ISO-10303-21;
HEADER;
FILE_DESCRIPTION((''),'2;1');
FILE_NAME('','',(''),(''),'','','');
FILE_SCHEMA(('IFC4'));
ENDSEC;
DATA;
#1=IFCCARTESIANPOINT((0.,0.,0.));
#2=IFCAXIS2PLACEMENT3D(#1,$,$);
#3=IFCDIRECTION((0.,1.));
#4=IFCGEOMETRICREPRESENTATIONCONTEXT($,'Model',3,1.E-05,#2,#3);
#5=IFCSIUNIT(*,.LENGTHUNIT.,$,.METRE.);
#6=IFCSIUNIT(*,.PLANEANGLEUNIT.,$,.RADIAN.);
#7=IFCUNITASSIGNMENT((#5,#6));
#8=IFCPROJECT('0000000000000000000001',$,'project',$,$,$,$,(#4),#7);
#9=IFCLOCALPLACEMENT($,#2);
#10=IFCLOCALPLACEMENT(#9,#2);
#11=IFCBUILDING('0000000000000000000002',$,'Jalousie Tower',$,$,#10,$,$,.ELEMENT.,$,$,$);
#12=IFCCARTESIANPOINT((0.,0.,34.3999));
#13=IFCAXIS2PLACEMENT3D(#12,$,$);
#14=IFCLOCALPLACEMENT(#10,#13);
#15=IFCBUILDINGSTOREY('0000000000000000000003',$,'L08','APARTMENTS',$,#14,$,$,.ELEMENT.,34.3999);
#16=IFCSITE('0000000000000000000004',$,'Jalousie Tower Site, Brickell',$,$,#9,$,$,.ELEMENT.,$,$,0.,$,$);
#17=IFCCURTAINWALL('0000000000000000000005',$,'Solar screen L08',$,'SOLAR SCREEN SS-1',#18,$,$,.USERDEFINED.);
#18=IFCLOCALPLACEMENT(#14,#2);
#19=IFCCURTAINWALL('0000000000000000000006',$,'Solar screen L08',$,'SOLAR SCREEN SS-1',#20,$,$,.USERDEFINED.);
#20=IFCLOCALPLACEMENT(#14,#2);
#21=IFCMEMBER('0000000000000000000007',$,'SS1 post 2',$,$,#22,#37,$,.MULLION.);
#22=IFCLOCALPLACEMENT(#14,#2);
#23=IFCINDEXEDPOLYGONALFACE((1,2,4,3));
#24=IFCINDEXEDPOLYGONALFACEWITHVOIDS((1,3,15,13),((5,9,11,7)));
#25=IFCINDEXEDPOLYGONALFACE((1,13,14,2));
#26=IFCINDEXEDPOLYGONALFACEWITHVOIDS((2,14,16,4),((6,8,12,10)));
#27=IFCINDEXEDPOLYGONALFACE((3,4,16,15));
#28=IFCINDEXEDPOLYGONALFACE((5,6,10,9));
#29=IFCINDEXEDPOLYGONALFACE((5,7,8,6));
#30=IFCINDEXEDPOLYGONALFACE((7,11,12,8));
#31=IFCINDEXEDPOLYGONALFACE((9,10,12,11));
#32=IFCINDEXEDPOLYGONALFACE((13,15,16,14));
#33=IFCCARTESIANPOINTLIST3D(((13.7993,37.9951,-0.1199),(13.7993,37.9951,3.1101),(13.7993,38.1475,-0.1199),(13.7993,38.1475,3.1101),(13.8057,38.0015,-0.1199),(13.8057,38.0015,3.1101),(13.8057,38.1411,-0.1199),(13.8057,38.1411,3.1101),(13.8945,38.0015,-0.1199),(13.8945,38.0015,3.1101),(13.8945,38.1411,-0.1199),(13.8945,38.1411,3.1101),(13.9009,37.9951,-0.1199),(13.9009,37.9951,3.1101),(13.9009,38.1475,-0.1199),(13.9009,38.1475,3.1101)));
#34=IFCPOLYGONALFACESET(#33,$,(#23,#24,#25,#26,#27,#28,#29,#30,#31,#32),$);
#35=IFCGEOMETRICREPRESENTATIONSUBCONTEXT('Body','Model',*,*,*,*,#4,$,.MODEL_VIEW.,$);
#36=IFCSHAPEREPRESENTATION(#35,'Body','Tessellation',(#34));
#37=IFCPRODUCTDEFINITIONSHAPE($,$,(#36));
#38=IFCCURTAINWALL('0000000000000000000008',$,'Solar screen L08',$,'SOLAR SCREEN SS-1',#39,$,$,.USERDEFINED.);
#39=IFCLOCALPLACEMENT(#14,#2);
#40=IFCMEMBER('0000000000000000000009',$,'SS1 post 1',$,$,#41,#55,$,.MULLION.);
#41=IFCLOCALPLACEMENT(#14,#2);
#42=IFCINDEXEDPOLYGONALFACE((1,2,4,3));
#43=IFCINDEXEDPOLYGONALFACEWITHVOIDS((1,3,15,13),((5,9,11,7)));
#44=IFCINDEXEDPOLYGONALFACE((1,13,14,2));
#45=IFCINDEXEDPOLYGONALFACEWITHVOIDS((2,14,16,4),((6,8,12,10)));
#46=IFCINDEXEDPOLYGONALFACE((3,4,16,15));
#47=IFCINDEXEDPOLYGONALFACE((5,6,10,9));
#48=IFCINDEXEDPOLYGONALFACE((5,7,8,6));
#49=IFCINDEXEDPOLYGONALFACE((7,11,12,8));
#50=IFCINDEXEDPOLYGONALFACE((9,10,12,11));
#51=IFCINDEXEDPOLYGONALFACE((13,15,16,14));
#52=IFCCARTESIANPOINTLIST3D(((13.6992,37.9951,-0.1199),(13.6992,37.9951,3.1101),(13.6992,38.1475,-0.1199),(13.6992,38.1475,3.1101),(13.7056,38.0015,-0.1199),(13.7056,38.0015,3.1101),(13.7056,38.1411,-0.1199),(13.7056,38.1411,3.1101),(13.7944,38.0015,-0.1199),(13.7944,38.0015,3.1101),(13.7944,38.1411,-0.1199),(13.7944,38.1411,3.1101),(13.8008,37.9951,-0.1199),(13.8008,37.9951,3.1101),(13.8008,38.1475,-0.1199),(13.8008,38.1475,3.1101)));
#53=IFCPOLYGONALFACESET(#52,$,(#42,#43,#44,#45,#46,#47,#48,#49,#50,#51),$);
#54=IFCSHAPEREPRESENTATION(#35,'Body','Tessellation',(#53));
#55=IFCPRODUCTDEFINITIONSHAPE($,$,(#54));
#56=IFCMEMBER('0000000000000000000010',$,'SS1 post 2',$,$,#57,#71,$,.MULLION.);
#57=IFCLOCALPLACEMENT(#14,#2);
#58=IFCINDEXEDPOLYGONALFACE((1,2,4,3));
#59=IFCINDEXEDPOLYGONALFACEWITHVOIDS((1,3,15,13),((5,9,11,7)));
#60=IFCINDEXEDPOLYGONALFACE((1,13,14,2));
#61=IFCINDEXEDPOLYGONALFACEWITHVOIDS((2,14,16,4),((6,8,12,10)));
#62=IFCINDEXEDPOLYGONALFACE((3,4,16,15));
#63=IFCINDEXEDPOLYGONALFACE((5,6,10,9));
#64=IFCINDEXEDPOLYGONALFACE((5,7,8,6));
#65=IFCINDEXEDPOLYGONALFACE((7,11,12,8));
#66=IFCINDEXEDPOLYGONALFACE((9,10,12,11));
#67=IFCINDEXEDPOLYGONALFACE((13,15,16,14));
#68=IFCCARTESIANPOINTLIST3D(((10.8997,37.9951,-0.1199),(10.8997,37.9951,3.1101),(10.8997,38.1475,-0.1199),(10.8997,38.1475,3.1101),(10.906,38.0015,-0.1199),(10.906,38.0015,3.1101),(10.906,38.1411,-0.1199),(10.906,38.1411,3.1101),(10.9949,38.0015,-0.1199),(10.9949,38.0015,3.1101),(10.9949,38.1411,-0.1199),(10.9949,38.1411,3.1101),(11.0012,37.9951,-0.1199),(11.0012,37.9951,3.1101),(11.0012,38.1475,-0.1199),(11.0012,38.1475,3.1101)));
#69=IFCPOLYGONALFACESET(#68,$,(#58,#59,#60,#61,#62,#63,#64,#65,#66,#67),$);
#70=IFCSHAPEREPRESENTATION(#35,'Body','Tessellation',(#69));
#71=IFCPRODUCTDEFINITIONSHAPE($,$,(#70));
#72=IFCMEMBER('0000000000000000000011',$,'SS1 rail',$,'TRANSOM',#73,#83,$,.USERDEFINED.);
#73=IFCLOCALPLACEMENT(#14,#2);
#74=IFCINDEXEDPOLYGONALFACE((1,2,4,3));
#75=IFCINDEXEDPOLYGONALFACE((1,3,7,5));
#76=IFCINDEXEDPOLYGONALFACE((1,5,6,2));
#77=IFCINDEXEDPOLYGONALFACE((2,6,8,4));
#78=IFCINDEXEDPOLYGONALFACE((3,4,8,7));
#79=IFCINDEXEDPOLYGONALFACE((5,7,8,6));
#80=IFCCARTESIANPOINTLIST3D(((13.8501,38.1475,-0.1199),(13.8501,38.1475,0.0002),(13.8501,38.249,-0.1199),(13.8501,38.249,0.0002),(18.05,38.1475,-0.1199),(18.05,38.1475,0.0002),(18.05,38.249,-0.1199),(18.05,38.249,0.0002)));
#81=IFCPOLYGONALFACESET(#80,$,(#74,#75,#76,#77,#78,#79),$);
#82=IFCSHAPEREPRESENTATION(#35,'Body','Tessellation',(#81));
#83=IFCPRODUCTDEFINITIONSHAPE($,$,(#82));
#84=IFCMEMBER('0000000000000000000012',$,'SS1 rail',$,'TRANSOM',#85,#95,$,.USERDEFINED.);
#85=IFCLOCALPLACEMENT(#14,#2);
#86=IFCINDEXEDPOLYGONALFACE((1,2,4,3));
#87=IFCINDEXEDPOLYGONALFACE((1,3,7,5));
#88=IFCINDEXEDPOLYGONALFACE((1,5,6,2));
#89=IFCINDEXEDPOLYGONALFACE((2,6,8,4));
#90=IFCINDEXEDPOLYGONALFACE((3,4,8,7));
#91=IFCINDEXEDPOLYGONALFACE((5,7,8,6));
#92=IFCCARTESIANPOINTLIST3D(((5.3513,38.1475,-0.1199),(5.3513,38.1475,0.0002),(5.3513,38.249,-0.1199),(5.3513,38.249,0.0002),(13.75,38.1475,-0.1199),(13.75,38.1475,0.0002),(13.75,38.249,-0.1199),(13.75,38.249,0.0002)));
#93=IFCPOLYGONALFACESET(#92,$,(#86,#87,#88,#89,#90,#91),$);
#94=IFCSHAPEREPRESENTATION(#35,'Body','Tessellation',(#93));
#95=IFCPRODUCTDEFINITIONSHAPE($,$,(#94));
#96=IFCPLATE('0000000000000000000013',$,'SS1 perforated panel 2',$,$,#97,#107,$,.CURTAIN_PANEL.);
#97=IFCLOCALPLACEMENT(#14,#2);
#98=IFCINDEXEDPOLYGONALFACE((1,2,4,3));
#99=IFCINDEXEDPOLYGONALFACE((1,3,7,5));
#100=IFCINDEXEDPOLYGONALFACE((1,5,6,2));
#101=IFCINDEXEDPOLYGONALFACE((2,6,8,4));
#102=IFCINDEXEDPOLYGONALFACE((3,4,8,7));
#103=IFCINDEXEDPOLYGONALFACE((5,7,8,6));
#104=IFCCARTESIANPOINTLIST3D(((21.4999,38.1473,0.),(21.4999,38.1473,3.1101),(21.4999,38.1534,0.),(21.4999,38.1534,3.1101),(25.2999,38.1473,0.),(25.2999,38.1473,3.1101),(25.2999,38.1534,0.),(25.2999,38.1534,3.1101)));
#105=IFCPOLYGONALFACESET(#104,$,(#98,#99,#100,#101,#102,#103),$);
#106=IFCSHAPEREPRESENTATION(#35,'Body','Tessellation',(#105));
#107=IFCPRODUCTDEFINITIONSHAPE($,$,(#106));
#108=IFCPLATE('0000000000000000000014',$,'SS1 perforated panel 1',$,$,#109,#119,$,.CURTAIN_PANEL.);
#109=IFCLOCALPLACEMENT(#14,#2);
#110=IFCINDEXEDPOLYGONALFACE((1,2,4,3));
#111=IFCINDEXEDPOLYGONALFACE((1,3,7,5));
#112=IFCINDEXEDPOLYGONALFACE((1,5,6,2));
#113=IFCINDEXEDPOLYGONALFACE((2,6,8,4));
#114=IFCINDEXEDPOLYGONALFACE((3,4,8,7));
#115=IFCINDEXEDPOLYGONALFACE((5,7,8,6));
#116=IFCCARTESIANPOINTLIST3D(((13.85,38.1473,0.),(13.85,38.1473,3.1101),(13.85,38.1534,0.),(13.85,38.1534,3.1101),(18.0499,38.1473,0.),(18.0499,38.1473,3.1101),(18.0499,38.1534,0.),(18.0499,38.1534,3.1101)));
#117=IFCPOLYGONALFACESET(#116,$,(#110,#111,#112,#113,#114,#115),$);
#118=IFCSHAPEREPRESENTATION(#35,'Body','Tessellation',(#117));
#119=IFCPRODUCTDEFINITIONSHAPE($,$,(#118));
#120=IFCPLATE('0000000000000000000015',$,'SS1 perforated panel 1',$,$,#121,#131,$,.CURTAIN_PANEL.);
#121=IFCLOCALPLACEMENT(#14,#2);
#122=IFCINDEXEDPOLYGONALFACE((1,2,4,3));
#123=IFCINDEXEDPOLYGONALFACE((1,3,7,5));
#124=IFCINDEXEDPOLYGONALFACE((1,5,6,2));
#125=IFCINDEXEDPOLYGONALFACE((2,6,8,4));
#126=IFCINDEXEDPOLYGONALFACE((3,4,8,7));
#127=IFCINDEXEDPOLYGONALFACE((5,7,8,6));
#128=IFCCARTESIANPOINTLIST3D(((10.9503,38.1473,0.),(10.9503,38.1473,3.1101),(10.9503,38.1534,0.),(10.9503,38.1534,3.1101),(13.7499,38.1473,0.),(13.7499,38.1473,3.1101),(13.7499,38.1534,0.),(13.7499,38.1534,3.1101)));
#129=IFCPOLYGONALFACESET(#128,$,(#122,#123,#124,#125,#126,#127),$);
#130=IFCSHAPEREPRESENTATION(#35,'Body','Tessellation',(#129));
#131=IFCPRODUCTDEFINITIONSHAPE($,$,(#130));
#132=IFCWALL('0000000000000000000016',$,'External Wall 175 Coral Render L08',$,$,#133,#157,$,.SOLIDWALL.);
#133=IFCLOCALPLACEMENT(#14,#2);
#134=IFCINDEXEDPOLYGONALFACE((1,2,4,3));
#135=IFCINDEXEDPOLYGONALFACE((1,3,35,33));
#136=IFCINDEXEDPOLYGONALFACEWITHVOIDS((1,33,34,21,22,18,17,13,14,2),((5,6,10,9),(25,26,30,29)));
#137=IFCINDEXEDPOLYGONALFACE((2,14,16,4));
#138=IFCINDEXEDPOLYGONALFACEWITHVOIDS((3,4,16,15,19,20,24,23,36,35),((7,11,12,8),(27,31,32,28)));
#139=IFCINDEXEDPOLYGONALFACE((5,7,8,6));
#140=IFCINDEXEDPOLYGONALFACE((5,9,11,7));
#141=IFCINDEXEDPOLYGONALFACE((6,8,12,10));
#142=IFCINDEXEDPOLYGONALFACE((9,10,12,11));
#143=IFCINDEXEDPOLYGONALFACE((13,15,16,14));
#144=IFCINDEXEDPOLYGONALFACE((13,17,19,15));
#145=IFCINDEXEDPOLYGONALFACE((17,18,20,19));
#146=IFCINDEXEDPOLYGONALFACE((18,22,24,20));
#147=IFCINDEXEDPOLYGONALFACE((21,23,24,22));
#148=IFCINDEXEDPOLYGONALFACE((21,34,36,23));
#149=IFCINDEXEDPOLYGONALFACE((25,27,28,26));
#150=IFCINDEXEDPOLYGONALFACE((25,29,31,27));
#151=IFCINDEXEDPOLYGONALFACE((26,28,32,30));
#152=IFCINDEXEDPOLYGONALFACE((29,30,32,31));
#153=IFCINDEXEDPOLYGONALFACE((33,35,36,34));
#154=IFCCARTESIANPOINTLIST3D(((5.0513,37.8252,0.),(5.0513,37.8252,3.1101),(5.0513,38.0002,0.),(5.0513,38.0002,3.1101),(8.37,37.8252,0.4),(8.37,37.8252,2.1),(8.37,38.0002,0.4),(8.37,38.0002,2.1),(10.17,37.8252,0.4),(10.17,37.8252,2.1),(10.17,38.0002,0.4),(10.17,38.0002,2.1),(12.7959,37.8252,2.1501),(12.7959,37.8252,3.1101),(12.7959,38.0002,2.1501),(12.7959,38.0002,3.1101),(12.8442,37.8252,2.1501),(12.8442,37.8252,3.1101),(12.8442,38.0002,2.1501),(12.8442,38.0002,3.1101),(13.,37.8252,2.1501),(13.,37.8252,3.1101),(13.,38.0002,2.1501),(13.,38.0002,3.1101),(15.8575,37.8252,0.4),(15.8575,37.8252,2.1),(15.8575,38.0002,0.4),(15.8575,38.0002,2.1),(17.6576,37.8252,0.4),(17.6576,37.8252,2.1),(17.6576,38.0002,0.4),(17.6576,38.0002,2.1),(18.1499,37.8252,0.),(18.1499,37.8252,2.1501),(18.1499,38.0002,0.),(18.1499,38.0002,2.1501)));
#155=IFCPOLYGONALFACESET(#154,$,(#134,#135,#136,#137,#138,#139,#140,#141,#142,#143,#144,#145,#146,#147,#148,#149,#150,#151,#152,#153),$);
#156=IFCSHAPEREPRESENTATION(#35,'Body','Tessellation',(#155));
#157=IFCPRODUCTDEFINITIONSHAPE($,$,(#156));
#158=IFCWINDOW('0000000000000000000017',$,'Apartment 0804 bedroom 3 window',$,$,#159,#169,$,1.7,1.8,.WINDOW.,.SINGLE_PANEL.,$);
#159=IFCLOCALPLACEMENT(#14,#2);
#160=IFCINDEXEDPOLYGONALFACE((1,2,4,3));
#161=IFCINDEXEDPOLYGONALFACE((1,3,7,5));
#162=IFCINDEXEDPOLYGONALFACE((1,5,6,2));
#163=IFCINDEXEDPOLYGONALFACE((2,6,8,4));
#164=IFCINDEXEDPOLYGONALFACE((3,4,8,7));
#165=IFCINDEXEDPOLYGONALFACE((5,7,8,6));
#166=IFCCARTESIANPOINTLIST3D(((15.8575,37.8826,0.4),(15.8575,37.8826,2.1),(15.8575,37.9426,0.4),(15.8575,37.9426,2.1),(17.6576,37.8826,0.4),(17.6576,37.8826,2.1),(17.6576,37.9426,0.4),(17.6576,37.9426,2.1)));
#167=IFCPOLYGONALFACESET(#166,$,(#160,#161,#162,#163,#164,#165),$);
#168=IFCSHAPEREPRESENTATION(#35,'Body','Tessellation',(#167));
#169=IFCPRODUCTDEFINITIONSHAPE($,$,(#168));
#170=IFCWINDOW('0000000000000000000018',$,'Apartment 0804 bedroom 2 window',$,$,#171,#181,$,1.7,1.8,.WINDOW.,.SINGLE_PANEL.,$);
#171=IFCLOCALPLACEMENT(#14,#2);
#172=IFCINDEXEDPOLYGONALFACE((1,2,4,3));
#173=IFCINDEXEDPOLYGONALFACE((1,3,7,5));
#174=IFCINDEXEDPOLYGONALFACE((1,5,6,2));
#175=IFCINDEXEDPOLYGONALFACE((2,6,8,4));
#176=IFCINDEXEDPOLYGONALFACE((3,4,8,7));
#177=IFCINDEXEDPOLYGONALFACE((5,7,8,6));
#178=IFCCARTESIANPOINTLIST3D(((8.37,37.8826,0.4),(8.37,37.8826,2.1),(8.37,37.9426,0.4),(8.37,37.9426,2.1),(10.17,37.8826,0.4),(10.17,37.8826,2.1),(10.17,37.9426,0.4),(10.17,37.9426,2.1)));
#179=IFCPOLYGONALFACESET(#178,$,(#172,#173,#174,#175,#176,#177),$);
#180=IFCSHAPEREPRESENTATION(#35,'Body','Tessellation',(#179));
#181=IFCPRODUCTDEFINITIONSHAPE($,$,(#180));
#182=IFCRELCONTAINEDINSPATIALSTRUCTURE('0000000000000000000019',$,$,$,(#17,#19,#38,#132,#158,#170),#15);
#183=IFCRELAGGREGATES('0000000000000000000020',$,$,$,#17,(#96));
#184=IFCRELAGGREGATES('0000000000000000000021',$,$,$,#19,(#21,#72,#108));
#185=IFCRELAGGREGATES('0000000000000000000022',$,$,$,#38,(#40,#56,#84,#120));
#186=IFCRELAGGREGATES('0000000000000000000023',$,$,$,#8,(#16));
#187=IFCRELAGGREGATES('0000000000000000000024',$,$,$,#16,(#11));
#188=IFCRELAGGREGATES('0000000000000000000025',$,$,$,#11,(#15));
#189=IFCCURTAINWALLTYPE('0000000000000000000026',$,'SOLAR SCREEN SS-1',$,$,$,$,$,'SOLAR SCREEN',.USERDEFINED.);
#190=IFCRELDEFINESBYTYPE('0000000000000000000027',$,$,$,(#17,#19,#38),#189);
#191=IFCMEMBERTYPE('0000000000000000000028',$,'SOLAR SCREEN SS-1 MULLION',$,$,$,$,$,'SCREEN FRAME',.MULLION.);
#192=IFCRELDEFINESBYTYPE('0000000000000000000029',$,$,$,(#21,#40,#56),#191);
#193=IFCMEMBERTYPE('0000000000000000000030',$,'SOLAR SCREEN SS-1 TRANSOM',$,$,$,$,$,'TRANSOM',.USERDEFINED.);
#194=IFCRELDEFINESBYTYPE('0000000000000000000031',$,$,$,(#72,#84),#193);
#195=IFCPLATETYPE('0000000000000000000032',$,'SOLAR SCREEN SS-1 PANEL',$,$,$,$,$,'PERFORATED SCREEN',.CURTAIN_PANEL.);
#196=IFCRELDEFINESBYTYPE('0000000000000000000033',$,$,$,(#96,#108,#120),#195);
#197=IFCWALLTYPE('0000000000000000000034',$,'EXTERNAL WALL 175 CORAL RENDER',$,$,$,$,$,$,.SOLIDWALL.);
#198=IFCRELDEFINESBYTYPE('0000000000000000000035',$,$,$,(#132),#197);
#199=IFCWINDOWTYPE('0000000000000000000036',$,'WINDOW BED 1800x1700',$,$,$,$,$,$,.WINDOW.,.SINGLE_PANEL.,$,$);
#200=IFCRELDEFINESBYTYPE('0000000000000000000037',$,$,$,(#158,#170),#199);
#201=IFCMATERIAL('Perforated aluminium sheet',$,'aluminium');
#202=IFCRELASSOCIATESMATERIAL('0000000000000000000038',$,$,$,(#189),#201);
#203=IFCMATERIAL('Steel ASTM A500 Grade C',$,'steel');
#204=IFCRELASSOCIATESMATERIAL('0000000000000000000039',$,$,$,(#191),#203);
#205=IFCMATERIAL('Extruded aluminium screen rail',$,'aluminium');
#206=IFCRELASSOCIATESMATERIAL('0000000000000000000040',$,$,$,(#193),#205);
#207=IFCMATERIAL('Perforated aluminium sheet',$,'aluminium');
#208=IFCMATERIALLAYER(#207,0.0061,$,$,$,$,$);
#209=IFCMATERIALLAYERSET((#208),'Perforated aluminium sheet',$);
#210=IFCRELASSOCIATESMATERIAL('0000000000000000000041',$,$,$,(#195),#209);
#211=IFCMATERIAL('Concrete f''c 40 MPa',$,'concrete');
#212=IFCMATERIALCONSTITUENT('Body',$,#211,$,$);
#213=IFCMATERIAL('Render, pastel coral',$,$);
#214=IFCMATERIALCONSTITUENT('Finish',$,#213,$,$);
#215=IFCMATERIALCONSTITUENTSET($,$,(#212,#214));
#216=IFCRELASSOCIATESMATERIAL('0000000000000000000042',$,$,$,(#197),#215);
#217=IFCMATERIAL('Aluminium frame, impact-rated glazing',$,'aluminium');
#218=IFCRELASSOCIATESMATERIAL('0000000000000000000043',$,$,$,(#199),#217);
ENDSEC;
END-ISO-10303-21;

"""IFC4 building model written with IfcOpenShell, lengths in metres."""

from ifc_helpers import new_model, si_unit, direction, frame, frame_2d, origin, origin_2d, place, context, subcontext, project, spatial, polyline, rectangle, hollow_rectangle, outline, extrude, material, layer, layer_set, constituent, constituent_set, material_profile, profile_set, type_object, element, fill, aggregate, save


model = new_model("IFC4")

# Units and contexts
model_context = context("Model", 3, precision=1e-05, world=origin(), true_north=direction((0.0, 1.0)))
body_context = subcontext(model_context, "Body", "Model", "MODEL_VIEW")
ifc_project = project(units=[si_unit("LENGTHUNIT", "METRE"), si_unit("PLANEANGLEUNIT", "RADIAN")], contexts=[model_context])

# Site, building, storey
site_placement = place(None, origin())
site = spatial("IfcSite", under=ifc_project, at=site_placement, Name="Jalousie Tower Site, Brickell", CompositionType="ELEMENT", RefElevation=0.0)
building_placement = place(site_placement, origin())
building = spatial("IfcBuilding", under=site, at=building_placement, Name="Jalousie Tower", CompositionType="ELEMENT")
storey_placement = place(building_placement, frame((0.0, 0.0, 34.3999)))
storey = spatial("IfcBuildingStorey", under=building, at=storey_placement, Name="L08", Description="APARTMENTS", CompositionType="ELEMENT", Elevation=34.3999)

# Curtain wall
ifc_material_1 = material(Name="Perforated aluminium sheet", Category="aluminium")
curtain_wall_type = type_object("IfcCurtainWallType", Name="SOLAR SCREEN SS-1", ElementType="SOLAR SCREEN", PredefinedType="USERDEFINED", material=ifc_material_1)
curtain_wall_1_placement = place(storey_placement, origin())
curtain_wall_1 = element("IfcCurtainWall", 1, at=curtain_wall_1_placement, inside=storey, type_object=curtain_wall_type, Name="Solar screen L08", ObjectType="SOLAR SCREEN SS-1", PredefinedType="USERDEFINED")
ifc_material_2 = material(Name="Steel ASTM A500 Grade C", Category="steel")
ifc_material_profile_1 = material_profile(ifc_material_2, hollow_rectangle(XDim=0.1016, YDim=0.1523, WallThickness=0.0063, at=origin_2d()), Name="HSS6X4X1/4")
ifc_profile_set_1 = profile_set([ifc_material_profile_1], Name="Steel ASTM A500 Grade C")
member_type_1 = type_object("IfcMemberType", Name="SOLAR SCREEN SS-1 MULLION", ElementType="SCREEN FRAME", PredefinedType="MULLION", material=ifc_profile_set_1)

# Curtain walls, members
curtain_wall_2_placement = place(storey_placement, origin())
curtain_wall_2 = element("IfcCurtainWall", 2, at=curtain_wall_2_placement, inside=storey, type_object=curtain_wall_type, Name="Solar screen L08", ObjectType="SOLAR SCREEN SS-1", PredefinedType="USERDEFINED")
member_1_placement = place(storey_placement, frame((13.8501, 38.0713, -0.1199), z_axis=(0.0, 0.0, 1.0), x_axis=(-1.0, 0.0, 0.0)))
member_1 = element("IfcMember", 3, at=member_1_placement, type_object=member_type_1, Name="SS1 post 2", PredefinedType="MULLION", context=body_context, shape_type="SweptSolid", body=[
    extrude(hollow_rectangle(XDim=0.1016, YDim=0.1523, WallThickness=0.0063, at=origin_2d()), origin(), (0.0, 0.0, 1.0), 3.23),
])
curtain_wall_3_placement = place(storey_placement, origin())
curtain_wall_3 = element("IfcCurtainWall", 4, at=curtain_wall_3_placement, inside=storey, type_object=curtain_wall_type, Name="Solar screen L08", ObjectType="SOLAR SCREEN SS-1", PredefinedType="USERDEFINED")
member_2_placement = place(storey_placement, frame((13.75, 38.0713, -0.1199), z_axis=(0.0, 0.0, 1.0), x_axis=(-1.0, 0.0, 0.0)))
member_2 = element("IfcMember", 5, at=member_2_placement, type_object=member_type_1, Name="SS1 post 1", PredefinedType="MULLION", context=body_context, shape_type="SweptSolid", body=[
    extrude(hollow_rectangle(XDim=0.1016, YDim=0.1523, WallThickness=0.0063, at=origin_2d()), origin(), (0.0, 0.0, 1.0), 3.23),
])
member_3_placement = place(storey_placement, frame((10.9504, 38.0713, -0.1199), z_axis=(0.0, 0.0, 1.0), x_axis=(-1.0, 0.0, 0.0)))
member_3 = element("IfcMember", 6, at=member_3_placement, type_object=member_type_1, Name="SS1 post 2", PredefinedType="MULLION", context=body_context, shape_type="SweptSolid", body=[
    extrude(hollow_rectangle(XDim=0.1016, YDim=0.1523, WallThickness=0.0063, at=origin_2d()), origin(), (0.0, 0.0, 1.0), 3.23),
])

# Members
ifc_material_3 = material(Name="Extruded aluminium screen rail", Category="aluminium")
ifc_material_profile_2 = material_profile(ifc_material_3, rectangle(XDim=0.1016, YDim=0.1201, at=origin_2d()), Name="RAIL 102x120")
ifc_profile_set_2 = profile_set([ifc_material_profile_2], Name="Extruded aluminium screen rail")
member_type_2 = type_object("IfcMemberType", Name="SOLAR SCREEN SS-1 TRANSOM", ElementType="TRANSOM", PredefinedType="USERDEFINED", material=ifc_profile_set_2)
member_4_placement = place(storey_placement, frame((18.05, 38.1982, -0.0598), z_axis=(-1.0, 0.0, 0.0), x_axis=(0.0, -1.0, 0.0)))
member_4 = element("IfcMember", 7, at=member_4_placement, type_object=member_type_2, Name="SS1 rail", ObjectType="TRANSOM", PredefinedType="USERDEFINED", context=body_context, shape_type="SweptSolid", body=[
    extrude(rectangle(XDim=0.1016, YDim=0.1201, at=origin_2d()), origin(), (0.0, 0.0, 1.0), 4.2),
])
member_5_placement = place(storey_placement, frame((13.75, 38.1982, -0.0598), z_axis=(-1.0, 0.0, 0.0), x_axis=(0.0, -1.0, 0.0)))
member_5 = element("IfcMember", 8, at=member_5_placement, type_object=member_type_2, Name="SS1 rail", ObjectType="TRANSOM", PredefinedType="USERDEFINED", context=body_context, shape_type="SweptSolid", body=[
    extrude(rectangle(XDim=0.1016, YDim=0.1201, at=origin_2d()), origin(), (0.0, 0.0, 1.0), 8.3987),
])

# Plates
ifc_material_4 = material(Name="Perforated aluminium sheet", Category="aluminium")
ifc_layer_1 = layer(ifc_material_4, 0.0061)
ifc_layer_set_1 = layer_set([ifc_layer_1], Name="Perforated aluminium sheet")
plate_type = type_object("IfcPlateType", Name="SOLAR SCREEN SS-1 PANEL", ElementType="PERFORATED SCREEN", PredefinedType="CURTAIN_PANEL", material=ifc_layer_set_1)
plate_1_placement = place(storey_placement, frame((23.3999, 38.1504, 0.0), z_axis=(0.0, 0.0, 1.0), x_axis=(-1.0, 0.0, 0.0)))
plate_1 = element("IfcPlate", 9, at=plate_1_placement, type_object=plate_type, Name="SS1 perforated panel 2", PredefinedType="CURTAIN_PANEL", context=body_context, shape_type="SweptSolid", body=[
    extrude(rectangle(XDim=3.8, YDim=0.0061, at=origin_2d()), origin(), (0.0, 0.0, 1.0), 3.1101),
])
aggregate(curtain_wall_1, [plate_1])
plate_2_placement = place(storey_placement, frame((15.95, 38.1504, 0.0), z_axis=(0.0, 0.0, 1.0), x_axis=(-1.0, 0.0, 0.0)))
plate_2 = element("IfcPlate", 10, at=plate_2_placement, type_object=plate_type, Name="SS1 perforated panel 1", PredefinedType="CURTAIN_PANEL", context=body_context, shape_type="SweptSolid", body=[
    extrude(rectangle(XDim=4.2, YDim=0.0061, at=origin_2d()), origin(), (0.0, 0.0, 1.0), 3.1101),
])
aggregate(curtain_wall_2, [member_1, member_4, plate_2])
plate_3_placement = place(storey_placement, frame((12.3501, 38.1504, 0.0), z_axis=(0.0, 0.0, 1.0), x_axis=(-1.0, 0.0, 0.0)))
plate_3 = element("IfcPlate", 11, at=plate_3_placement, type_object=plate_type, Name="SS1 perforated panel 1", PredefinedType="CURTAIN_PANEL", context=body_context, shape_type="SweptSolid", body=[
    extrude(rectangle(XDim=2.7996, YDim=0.0061, at=origin_2d()), origin(), (0.0, 0.0, 1.0), 3.1101),
])
aggregate(curtain_wall_3, [member_2, member_3, member_5, plate_3])

# Wall, openings, windows
ifc_material_5 = material(Name="Concrete f'c 40 MPa", Category="concrete")
ifc_constituent_1 = constituent(ifc_material_5, Name="Body")
ifc_material_6 = material(Name="Render, pastel coral")
ifc_constituent_2 = constituent(ifc_material_6, Name="Finish")
ifc_constituent_set_1 = constituent_set(constituents=[ifc_constituent_1, ifc_constituent_2])
wall_type_1 = type_object("IfcWallType", Name="EXTERNAL WALL 175 CORAL RENDER", PredefinedType="SOLIDWALL", material=ifc_constituent_set_1)
wall_1_placement = place(storey_placement, frame((18.1499, 37.9126, 0.0), z_axis=(0.0, 0.0, 1.0), x_axis=(-1.0, 0.0, 0.0)))
wall_1 = element("IfcWall", 12, at=wall_1_placement, inside=storey, type_object=wall_type_1, Name="External Wall 175 Coral Render L08", PredefinedType="SOLIDWALL", context=body_context, shape_type="SweptSolid", body=[
    extrude(outline(polyline([(0.0, 0.0), (13.0986, 0.0), (13.0986, 3.1101), (5.354, 3.1101), (5.354, 2.1501), (5.3057, 2.1501), (5.3057, 3.1101), (5.1499, 3.1101), (5.1499, 2.1501), (0.0, 2.1501), (0.0, 0.0)])), frame((0.0, 0.0874, 0.0), z_axis=(0.0, -1.0, 0.0), x_axis=(1.0, 0.0, 0.0)), (0.0, 0.0, 1.0), 0.175),
])
opening_1_placement = place(wall_1_placement, frame((0.4924, 0.0, 0.3999)))
opening_1 = element("IfcOpeningElement", 13, at=opening_1_placement, cuts=wall_1, PredefinedType="OPENING", context=body_context, shape_type="SweptSolid", body=[
    extrude(rectangle(XDim=1.8, YDim=1.7, at=frame_2d((0.8999, 0.8501))), frame((0.0, 0.0974, 0.0), z_axis=(0.0, -1.0, 0.0), x_axis=(1.0, 0.0, 0.0)), (0.0, 0.0, 1.0), 0.1951),
])
opening_2_placement = place(wall_1_placement, frame((7.98, 0.0, 0.3999)))
opening_2 = element("IfcOpeningElement", 14, at=opening_2_placement, cuts=wall_1, PredefinedType="OPENING", context=body_context, shape_type="SweptSolid", body=[
    extrude(rectangle(XDim=1.8, YDim=1.7, at=frame_2d((0.8999, 0.8501))), frame((0.0, 0.0974, 0.0), z_axis=(0.0, -1.0, 0.0), x_axis=(1.0, 0.0, 0.0)), (0.0, 0.0, 1.0), 0.1951),
])
ifc_material_7 = material(Name="Aluminium frame, impact-rated glazing", Category="aluminium")
window_type = type_object("IfcWindowType", Name="WINDOW BED 1800x1700", PartitioningType="SINGLE_PANEL", PredefinedType="WINDOW", material=ifc_material_7)
window_1_placement = place(opening_1_placement, origin())
window_1 = element("IfcWindow", 15, at=window_1_placement, inside=storey, type_object=window_type, Name="Apartment 0804 bedroom 3 window", OverallHeight=1.7, OverallWidth=1.8, PartitioningType="SINGLE_PANEL", PredefinedType="WINDOW", context=body_context, shape_type="SweptSolid", body=[
    extrude(rectangle(XDim=1.8, YDim=1.7, at=frame_2d((0.8999, 0.8501))), frame((0.0, 0.03, 0.0), z_axis=(0.0, -1.0, 0.0), x_axis=(1.0, 0.0, 0.0)), (0.0, 0.0, 1.0), 0.0601),
])
fill(opening_1, window_1)
window_2_placement = place(opening_2_placement, origin())
window_2 = element("IfcWindow", 16, at=window_2_placement, inside=storey, type_object=window_type, Name="Apartment 0804 bedroom 2 window", OverallHeight=1.7, OverallWidth=1.8, PartitioningType="SINGLE_PANEL", PredefinedType="WINDOW", context=body_context, shape_type="SweptSolid", body=[
    extrude(rectangle(XDim=1.8, YDim=1.7, at=frame_2d((0.8999, 0.8501))), frame((0.0, 0.03, 0.0), z_axis=(0.0, -1.0, 0.0), x_axis=(1.0, 0.0, 0.0)), (0.0, 0.0, 1.0), 0.0601),
])
fill(opening_2, window_2)

save(model, "model.ifc")
